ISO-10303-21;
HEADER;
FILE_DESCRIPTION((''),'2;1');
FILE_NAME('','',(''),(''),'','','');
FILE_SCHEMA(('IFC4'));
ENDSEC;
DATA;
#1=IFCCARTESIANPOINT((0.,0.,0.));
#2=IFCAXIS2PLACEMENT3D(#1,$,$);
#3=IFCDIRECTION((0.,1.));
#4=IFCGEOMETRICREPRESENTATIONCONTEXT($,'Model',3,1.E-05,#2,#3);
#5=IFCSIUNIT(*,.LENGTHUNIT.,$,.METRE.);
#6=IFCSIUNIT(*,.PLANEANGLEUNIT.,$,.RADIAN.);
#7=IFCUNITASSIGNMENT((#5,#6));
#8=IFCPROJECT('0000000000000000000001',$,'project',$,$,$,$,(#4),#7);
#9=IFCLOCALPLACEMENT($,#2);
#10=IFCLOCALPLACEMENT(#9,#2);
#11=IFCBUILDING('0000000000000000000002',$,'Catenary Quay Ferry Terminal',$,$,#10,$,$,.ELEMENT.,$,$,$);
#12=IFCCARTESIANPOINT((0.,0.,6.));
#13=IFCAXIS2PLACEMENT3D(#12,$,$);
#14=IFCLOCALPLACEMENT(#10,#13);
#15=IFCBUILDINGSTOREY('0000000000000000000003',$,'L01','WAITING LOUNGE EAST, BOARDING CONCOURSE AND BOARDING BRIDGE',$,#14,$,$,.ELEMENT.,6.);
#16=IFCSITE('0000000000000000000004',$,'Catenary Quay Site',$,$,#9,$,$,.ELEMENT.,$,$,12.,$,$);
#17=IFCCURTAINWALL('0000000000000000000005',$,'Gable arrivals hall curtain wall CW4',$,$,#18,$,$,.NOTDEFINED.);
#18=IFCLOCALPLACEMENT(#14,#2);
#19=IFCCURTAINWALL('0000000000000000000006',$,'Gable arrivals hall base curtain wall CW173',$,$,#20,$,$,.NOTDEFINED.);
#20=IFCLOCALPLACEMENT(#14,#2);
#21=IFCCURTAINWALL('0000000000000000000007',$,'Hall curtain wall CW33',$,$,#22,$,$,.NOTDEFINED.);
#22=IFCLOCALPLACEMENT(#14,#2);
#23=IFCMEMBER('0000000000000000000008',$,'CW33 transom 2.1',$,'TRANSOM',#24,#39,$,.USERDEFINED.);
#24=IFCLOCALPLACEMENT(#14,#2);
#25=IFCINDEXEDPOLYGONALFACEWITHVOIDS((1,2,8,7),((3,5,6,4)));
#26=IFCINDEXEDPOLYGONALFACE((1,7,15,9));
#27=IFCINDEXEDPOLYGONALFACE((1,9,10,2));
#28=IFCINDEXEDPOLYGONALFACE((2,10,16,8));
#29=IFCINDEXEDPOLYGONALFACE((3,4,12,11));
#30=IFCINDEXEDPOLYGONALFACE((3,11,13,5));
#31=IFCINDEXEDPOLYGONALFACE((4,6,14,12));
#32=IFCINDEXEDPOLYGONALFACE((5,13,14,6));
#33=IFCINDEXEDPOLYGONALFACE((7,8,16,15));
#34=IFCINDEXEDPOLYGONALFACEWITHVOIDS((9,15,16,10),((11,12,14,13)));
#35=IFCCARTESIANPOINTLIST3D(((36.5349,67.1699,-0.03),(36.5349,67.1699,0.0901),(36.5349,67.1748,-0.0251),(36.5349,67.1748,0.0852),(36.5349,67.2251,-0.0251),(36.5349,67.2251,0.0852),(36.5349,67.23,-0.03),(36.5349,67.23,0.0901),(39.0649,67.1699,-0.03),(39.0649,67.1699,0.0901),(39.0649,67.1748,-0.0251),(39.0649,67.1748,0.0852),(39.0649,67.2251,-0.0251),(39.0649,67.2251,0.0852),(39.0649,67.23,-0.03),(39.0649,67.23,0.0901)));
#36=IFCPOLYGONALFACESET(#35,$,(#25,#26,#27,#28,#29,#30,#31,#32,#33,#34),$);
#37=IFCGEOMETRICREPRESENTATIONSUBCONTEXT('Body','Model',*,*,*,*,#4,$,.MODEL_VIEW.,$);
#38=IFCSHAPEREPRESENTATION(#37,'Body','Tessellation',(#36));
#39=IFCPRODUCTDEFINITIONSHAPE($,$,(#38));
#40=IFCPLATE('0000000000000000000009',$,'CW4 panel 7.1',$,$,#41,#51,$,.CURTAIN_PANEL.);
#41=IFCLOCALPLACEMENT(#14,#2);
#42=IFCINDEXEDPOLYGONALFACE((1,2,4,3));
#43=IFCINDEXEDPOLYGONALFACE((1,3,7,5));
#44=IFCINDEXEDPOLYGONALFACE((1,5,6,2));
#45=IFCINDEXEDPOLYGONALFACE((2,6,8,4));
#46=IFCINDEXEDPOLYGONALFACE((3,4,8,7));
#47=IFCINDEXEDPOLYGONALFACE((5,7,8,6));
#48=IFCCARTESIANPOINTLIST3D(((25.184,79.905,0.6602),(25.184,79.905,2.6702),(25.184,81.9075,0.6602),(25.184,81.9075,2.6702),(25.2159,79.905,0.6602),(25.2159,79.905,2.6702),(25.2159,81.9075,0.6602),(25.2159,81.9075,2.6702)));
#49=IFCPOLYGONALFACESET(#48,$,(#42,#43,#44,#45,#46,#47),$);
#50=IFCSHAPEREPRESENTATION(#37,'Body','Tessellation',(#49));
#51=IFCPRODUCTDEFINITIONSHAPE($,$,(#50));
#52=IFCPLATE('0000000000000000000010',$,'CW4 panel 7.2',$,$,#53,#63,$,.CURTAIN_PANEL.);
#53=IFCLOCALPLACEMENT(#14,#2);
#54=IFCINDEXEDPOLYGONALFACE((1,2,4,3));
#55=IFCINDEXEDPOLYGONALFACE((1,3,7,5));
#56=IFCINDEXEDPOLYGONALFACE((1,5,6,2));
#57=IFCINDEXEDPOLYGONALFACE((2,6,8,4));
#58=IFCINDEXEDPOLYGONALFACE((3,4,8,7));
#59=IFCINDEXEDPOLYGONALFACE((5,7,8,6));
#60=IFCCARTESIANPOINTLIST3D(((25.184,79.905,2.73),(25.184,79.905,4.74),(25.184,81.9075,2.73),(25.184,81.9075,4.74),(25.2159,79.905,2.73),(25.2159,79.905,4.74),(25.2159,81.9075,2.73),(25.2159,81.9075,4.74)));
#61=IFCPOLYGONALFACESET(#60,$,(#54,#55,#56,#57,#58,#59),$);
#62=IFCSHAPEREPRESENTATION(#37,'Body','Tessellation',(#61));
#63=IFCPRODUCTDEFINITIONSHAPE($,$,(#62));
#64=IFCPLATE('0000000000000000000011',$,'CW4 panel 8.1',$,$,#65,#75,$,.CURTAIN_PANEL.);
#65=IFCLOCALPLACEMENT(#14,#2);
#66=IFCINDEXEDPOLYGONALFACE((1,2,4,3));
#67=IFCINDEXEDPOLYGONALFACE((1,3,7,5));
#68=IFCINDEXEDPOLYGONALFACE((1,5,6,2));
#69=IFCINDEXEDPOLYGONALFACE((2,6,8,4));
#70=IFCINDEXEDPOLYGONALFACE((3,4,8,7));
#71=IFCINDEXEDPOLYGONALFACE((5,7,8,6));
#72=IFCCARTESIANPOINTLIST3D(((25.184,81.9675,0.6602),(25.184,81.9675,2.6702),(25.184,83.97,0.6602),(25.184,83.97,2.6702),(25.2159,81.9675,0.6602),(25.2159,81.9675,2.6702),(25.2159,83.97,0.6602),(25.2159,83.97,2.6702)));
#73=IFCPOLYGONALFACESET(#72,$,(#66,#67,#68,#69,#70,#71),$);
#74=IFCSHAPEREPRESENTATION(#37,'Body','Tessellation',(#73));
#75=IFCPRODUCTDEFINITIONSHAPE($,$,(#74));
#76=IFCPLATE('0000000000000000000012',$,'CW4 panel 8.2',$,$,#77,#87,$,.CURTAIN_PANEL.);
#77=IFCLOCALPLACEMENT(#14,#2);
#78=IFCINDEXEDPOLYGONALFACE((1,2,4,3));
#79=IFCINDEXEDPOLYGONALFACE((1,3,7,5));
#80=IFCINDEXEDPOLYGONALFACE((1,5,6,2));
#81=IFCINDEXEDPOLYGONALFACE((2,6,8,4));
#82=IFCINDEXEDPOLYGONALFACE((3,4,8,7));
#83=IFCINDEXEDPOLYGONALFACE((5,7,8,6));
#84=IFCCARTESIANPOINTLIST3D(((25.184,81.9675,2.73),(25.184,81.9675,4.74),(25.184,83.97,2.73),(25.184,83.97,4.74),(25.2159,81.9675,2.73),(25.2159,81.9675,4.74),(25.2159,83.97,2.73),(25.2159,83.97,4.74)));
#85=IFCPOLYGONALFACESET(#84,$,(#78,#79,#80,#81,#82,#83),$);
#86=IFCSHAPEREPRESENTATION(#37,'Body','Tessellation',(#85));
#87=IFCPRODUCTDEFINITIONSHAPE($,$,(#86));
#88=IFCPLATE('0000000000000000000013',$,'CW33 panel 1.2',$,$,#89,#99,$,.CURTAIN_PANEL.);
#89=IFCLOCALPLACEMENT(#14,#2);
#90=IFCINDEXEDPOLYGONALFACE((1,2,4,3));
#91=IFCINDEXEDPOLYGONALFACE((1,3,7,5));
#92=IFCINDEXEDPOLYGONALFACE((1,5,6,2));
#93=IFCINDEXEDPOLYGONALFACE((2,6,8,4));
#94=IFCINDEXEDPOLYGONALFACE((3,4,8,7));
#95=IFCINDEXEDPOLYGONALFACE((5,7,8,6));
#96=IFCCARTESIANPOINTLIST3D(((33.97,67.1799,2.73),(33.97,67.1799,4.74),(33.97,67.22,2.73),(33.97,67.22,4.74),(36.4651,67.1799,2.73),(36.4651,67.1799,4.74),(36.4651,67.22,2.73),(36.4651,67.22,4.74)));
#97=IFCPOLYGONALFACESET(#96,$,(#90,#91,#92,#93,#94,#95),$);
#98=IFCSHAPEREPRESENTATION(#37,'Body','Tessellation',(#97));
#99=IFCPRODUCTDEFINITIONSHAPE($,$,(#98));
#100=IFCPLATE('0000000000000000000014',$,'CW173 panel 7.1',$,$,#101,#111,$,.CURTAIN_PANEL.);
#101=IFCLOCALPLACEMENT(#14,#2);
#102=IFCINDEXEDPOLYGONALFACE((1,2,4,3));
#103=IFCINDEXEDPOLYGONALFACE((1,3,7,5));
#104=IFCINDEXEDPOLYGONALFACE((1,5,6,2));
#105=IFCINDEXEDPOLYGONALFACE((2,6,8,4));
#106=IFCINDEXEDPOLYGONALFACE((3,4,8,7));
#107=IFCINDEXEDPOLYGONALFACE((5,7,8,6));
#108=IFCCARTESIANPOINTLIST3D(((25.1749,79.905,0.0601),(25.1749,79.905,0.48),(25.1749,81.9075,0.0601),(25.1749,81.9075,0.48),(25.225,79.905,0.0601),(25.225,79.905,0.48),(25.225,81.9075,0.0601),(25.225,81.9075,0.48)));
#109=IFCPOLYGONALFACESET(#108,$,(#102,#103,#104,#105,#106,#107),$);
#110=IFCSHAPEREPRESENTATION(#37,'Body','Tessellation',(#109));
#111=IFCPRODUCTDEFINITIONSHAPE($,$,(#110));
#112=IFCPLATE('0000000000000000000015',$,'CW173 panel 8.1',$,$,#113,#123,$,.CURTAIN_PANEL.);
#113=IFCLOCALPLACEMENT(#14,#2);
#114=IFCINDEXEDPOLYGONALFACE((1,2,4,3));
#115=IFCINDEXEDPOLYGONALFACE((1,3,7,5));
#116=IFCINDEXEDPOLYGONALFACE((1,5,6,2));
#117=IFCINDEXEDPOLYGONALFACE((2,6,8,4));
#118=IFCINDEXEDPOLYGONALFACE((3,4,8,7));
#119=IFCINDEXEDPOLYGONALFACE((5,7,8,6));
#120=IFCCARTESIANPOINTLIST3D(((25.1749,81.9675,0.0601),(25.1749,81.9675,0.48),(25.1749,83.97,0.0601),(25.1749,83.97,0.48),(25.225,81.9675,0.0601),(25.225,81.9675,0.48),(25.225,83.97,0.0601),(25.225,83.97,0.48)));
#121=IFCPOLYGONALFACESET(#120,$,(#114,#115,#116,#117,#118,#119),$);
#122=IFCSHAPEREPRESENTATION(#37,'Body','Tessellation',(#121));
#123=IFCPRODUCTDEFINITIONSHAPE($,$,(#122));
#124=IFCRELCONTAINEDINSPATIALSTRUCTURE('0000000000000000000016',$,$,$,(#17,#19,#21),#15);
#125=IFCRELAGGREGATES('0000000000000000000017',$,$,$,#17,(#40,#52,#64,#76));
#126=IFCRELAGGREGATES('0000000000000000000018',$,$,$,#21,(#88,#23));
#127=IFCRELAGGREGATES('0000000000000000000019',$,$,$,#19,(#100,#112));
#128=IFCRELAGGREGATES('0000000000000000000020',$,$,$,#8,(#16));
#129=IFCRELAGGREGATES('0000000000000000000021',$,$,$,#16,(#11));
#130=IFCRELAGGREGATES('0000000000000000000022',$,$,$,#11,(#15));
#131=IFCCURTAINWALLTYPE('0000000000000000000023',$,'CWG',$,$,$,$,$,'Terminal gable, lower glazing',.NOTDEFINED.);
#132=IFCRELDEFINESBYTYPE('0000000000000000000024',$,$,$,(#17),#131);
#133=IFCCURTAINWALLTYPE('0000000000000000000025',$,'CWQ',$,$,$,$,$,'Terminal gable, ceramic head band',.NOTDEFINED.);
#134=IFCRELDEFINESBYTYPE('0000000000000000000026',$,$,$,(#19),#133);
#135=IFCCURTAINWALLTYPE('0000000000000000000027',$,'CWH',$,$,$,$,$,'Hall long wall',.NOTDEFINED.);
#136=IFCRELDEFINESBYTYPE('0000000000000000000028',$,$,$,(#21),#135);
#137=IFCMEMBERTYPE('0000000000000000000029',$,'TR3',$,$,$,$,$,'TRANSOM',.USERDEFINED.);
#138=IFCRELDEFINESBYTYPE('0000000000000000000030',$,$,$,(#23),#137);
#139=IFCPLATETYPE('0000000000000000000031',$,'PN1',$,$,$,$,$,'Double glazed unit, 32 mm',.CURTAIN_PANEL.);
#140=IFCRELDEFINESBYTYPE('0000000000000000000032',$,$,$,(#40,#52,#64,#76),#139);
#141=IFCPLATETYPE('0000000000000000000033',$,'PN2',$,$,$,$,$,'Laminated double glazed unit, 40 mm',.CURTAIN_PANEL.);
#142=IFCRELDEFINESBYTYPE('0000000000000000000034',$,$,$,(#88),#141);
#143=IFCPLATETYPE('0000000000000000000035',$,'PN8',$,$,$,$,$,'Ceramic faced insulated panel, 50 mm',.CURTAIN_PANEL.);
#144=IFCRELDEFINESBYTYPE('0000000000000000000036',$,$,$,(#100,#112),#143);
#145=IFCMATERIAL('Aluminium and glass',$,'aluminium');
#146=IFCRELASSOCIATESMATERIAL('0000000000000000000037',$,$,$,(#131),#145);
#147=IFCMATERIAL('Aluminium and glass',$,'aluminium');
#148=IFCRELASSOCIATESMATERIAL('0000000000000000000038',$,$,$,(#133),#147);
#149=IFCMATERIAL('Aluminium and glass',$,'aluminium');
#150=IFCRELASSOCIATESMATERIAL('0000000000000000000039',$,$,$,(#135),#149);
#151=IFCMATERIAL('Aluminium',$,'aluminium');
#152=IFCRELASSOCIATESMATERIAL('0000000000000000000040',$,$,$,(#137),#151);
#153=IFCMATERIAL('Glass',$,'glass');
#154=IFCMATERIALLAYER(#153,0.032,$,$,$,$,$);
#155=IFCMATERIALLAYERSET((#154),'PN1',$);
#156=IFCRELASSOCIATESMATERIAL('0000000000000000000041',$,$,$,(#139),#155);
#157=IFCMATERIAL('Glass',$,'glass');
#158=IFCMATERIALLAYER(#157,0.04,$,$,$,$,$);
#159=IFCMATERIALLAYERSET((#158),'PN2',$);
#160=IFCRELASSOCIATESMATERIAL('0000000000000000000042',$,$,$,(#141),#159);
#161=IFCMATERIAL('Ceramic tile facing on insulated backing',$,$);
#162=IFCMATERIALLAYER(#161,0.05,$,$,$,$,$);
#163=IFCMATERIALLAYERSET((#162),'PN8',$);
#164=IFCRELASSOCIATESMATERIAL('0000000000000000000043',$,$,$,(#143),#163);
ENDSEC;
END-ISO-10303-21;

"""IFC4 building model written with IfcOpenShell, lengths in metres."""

from ifc_helpers import new_model, si_unit, direction, frame, origin, origin_2d, place, context, subcontext, project, spatial, rectangle, hollow_rectangle, extrude, material, layer, layer_set, material_profile, profile_set, type_object, element, aggregate, save


model = new_model("IFC4")

# Units and contexts
model_context = context("Model", 3, precision=1e-05, world=origin(), true_north=direction((0.0, 1.0)))
body_context = subcontext(model_context, "Body", "Model", "MODEL_VIEW")
ifc_project = project(units=[si_unit("LENGTHUNIT", "METRE"), si_unit("PLANEANGLEUNIT", "RADIAN")], contexts=[model_context])

# Site, building, storey
site_placement = place(None, origin())
site = spatial("IfcSite", under=ifc_project, at=site_placement, Name="Catenary Quay Site", CompositionType="ELEMENT", RefElevation=12.0)
building_placement = place(site_placement, origin())
building = spatial("IfcBuilding", under=site, at=building_placement, Name="Catenary Quay Ferry Terminal", CompositionType="ELEMENT")
storey_placement = place(building_placement, frame((0.0, 0.0, 6.0)))
storey = spatial("IfcBuildingStorey", under=building, at=storey_placement, Name="L01", Description="WAITING LOUNGE EAST, BOARDING CONCOURSE AND BOARDING BRIDGE", CompositionType="ELEMENT", Elevation=6.0)

# Curtain walls
ifc_material_1 = material(Name="Aluminium and glass", Category="aluminium")
curtain_wall_type_1 = type_object("IfcCurtainWallType", Name="CWG", ElementType="Terminal gable, lower glazing", PredefinedType="NOTDEFINED", material=ifc_material_1)
curtain_wall_1_placement = place(storey_placement, origin())
curtain_wall_1 = element("IfcCurtainWall", 1, at=curtain_wall_1_placement, inside=storey, type_object=curtain_wall_type_1, Name="Gable arrivals hall curtain wall CW4", PredefinedType="NOTDEFINED")
ifc_material_2 = material(Name="Aluminium and glass", Category="aluminium")
curtain_wall_type_2 = type_object("IfcCurtainWallType", Name="CWQ", ElementType="Terminal gable, ceramic head band", PredefinedType="NOTDEFINED", material=ifc_material_2)
curtain_wall_2_placement = place(storey_placement, origin())
curtain_wall_2 = element("IfcCurtainWall", 2, at=curtain_wall_2_placement, inside=storey, type_object=curtain_wall_type_2, Name="Gable arrivals hall base curtain wall CW173", PredefinedType="NOTDEFINED")

# Curtain wall
ifc_material_3 = material(Name="Aluminium and glass", Category="aluminium")
curtain_wall_type_3 = type_object("IfcCurtainWallType", Name="CWH", ElementType="Hall long wall", PredefinedType="NOTDEFINED", material=ifc_material_3)
curtain_wall_3_placement = place(storey_placement, origin())
curtain_wall_3 = element("IfcCurtainWall", 3, at=curtain_wall_3_placement, inside=storey, type_object=curtain_wall_type_3, Name="Hall curtain wall CW33", PredefinedType="NOTDEFINED")

# Member
ifc_material_4 = material(Name="Aluminium", Category="aluminium")
ifc_material_profile_1 = material_profile(ifc_material_4, hollow_rectangle(XDim=0.0601, YDim=0.1201, WallThickness=0.0049, at=origin_2d()), Name="TR3")
ifc_profile_set_1 = profile_set([ifc_material_profile_1], Name="Aluminium")
member_type_1 = type_object("IfcMemberType", Name="TR3", ElementType="TRANSOM", PredefinedType="USERDEFINED", material=ifc_profile_set_1)
member_1_placement = place(storey_placement, frame((36.5349, 67.2, 0.03), z_axis=(1.0, 0.0, 0.0), x_axis=(0.0, 1.0, 0.0)))
member_1 = element("IfcMember", 4, at=member_1_placement, type_object=member_type_1, Name="CW33 transom 2.1", ObjectType="TRANSOM", PredefinedType="USERDEFINED", context=body_context, shape_type="SweptSolid", body=[
    extrude(hollow_rectangle(XDim=0.0601, YDim=0.1201, WallThickness=0.0049, at=origin_2d()), origin(), (0.0, 0.0, 1.0), 2.53),
])

# Plates
ifc_material_5 = material(Name="Glass", Category="glass")
ifc_layer_1 = layer(ifc_material_5, 0.032)
ifc_layer_set_1 = layer_set([ifc_layer_1], Name="PN1")
plate_type_1 = type_object("IfcPlateType", Name="PN1", ElementType="Double glazed unit, 32 mm", PredefinedType="CURTAIN_PANEL", material=ifc_layer_set_1)
plate_1_placement = place(storey_placement, frame((25.2, 80.9062, 0.6602), z_axis=(0.0, 0.0, 1.0), x_axis=(0.0, 1.0, 0.0)))
plate_1 = element("IfcPlate", 5, at=plate_1_placement, type_object=plate_type_1, Name="CW4 panel 7.1", PredefinedType="CURTAIN_PANEL", context=body_context, shape_type="SweptSolid", body=[
    extrude(rectangle(XDim=2.0024, YDim=0.032, at=origin_2d()), origin(), (0.0, 0.0, 1.0), 2.01),
])
plate_2_placement = place(storey_placement, frame((25.2, 80.9062, 2.73), z_axis=(0.0, 0.0, 1.0), x_axis=(0.0, 1.0, 0.0)))
plate_2 = element("IfcPlate", 6, at=plate_2_placement, type_object=plate_type_1, Name="CW4 panel 7.2", PredefinedType="CURTAIN_PANEL", context=body_context, shape_type="SweptSolid", body=[
    extrude(rectangle(XDim=2.0024, YDim=0.032, at=origin_2d()), origin(), (0.0, 0.0, 1.0), 2.01),
])
plate_3_placement = place(storey_placement, frame((25.2, 82.9688, 0.6602), z_axis=(0.0, 0.0, 1.0), x_axis=(0.0, 1.0, 0.0)))
plate_3 = element("IfcPlate", 7, at=plate_3_placement, type_object=plate_type_1, Name="CW4 panel 8.1", PredefinedType="CURTAIN_PANEL", context=body_context, shape_type="SweptSolid", body=[
    extrude(rectangle(XDim=2.0024, YDim=0.032, at=origin_2d()), origin(), (0.0, 0.0, 1.0), 2.01),
])
plate_4_placement = place(storey_placement, frame((25.2, 82.9688, 2.73), z_axis=(0.0, 0.0, 1.0), x_axis=(0.0, 1.0, 0.0)))
plate_4 = element("IfcPlate", 8, at=plate_4_placement, type_object=plate_type_1, Name="CW4 panel 8.2", PredefinedType="CURTAIN_PANEL", context=body_context, shape_type="SweptSolid", body=[
    extrude(rectangle(XDim=2.0024, YDim=0.032, at=origin_2d()), origin(), (0.0, 0.0, 1.0), 2.01),
])
aggregate(curtain_wall_1, [plate_1, plate_2, plate_3, plate_4])
ifc_material_6 = material(Name="Glass", Category="glass")
ifc_layer_2 = layer(ifc_material_6, 0.04)
ifc_layer_set_2 = layer_set([ifc_layer_2], Name="PN2")
plate_type_2 = type_object("IfcPlateType", Name="PN2", ElementType="Laminated double glazed unit, 40 mm", PredefinedType="CURTAIN_PANEL", material=ifc_layer_set_2)
plate_5_placement = place(storey_placement, frame((35.2175, 67.2, 2.73), z_axis=(0.0, 0.0, 1.0), x_axis=(1.0, 0.0, 0.0)))
plate_5 = element("IfcPlate", 9, at=plate_5_placement, type_object=plate_type_2, Name="CW33 panel 1.2", PredefinedType="CURTAIN_PANEL", context=body_context, shape_type="SweptSolid", body=[
    extrude(rectangle(XDim=2.4951, YDim=0.04, at=origin_2d()), origin(), (0.0, 0.0, 1.0), 2.01),
])
aggregate(curtain_wall_3, [plate_5, member_1])
ifc_material_7 = material(Name="Ceramic tile facing on insulated backing")
ifc_layer_3 = layer(ifc_material_7, 0.05)
ifc_layer_set_3 = layer_set([ifc_layer_3], Name="PN8")
plate_type_3 = type_object("IfcPlateType", Name="PN8", ElementType="Ceramic faced insulated panel, 50 mm", PredefinedType="CURTAIN_PANEL", material=ifc_layer_set_3)
plate_6_placement = place(storey_placement, frame((25.2, 80.9062, 0.0601), z_axis=(0.0, 0.0, 1.0), x_axis=(0.0, 1.0, 0.0)))
plate_6 = element("IfcPlate", 10, at=plate_6_placement, type_object=plate_type_3, Name="CW173 panel 7.1", PredefinedType="CURTAIN_PANEL", context=body_context, shape_type="SweptSolid", body=[
    extrude(rectangle(XDim=2.0024, YDim=0.05, at=origin_2d()), origin(), (0.0, 0.0, 1.0), 0.4199),
])
plate_7_placement = place(storey_placement, frame((25.2, 82.9688, 0.0601), z_axis=(0.0, 0.0, 1.0), x_axis=(0.0, 1.0, 0.0)))
plate_7 = element("IfcPlate", 11, at=plate_7_placement, type_object=plate_type_3, Name="CW173 panel 8.1", PredefinedType="CURTAIN_PANEL", context=body_context, shape_type="SweptSolid", body=[
    extrude(rectangle(XDim=2.0024, YDim=0.05, at=origin_2d()), origin(), (0.0, 0.0, 1.0), 0.4199),
])
aggregate(curtain_wall_2, [plate_6, plate_7])

save(model, "model.ifc")
